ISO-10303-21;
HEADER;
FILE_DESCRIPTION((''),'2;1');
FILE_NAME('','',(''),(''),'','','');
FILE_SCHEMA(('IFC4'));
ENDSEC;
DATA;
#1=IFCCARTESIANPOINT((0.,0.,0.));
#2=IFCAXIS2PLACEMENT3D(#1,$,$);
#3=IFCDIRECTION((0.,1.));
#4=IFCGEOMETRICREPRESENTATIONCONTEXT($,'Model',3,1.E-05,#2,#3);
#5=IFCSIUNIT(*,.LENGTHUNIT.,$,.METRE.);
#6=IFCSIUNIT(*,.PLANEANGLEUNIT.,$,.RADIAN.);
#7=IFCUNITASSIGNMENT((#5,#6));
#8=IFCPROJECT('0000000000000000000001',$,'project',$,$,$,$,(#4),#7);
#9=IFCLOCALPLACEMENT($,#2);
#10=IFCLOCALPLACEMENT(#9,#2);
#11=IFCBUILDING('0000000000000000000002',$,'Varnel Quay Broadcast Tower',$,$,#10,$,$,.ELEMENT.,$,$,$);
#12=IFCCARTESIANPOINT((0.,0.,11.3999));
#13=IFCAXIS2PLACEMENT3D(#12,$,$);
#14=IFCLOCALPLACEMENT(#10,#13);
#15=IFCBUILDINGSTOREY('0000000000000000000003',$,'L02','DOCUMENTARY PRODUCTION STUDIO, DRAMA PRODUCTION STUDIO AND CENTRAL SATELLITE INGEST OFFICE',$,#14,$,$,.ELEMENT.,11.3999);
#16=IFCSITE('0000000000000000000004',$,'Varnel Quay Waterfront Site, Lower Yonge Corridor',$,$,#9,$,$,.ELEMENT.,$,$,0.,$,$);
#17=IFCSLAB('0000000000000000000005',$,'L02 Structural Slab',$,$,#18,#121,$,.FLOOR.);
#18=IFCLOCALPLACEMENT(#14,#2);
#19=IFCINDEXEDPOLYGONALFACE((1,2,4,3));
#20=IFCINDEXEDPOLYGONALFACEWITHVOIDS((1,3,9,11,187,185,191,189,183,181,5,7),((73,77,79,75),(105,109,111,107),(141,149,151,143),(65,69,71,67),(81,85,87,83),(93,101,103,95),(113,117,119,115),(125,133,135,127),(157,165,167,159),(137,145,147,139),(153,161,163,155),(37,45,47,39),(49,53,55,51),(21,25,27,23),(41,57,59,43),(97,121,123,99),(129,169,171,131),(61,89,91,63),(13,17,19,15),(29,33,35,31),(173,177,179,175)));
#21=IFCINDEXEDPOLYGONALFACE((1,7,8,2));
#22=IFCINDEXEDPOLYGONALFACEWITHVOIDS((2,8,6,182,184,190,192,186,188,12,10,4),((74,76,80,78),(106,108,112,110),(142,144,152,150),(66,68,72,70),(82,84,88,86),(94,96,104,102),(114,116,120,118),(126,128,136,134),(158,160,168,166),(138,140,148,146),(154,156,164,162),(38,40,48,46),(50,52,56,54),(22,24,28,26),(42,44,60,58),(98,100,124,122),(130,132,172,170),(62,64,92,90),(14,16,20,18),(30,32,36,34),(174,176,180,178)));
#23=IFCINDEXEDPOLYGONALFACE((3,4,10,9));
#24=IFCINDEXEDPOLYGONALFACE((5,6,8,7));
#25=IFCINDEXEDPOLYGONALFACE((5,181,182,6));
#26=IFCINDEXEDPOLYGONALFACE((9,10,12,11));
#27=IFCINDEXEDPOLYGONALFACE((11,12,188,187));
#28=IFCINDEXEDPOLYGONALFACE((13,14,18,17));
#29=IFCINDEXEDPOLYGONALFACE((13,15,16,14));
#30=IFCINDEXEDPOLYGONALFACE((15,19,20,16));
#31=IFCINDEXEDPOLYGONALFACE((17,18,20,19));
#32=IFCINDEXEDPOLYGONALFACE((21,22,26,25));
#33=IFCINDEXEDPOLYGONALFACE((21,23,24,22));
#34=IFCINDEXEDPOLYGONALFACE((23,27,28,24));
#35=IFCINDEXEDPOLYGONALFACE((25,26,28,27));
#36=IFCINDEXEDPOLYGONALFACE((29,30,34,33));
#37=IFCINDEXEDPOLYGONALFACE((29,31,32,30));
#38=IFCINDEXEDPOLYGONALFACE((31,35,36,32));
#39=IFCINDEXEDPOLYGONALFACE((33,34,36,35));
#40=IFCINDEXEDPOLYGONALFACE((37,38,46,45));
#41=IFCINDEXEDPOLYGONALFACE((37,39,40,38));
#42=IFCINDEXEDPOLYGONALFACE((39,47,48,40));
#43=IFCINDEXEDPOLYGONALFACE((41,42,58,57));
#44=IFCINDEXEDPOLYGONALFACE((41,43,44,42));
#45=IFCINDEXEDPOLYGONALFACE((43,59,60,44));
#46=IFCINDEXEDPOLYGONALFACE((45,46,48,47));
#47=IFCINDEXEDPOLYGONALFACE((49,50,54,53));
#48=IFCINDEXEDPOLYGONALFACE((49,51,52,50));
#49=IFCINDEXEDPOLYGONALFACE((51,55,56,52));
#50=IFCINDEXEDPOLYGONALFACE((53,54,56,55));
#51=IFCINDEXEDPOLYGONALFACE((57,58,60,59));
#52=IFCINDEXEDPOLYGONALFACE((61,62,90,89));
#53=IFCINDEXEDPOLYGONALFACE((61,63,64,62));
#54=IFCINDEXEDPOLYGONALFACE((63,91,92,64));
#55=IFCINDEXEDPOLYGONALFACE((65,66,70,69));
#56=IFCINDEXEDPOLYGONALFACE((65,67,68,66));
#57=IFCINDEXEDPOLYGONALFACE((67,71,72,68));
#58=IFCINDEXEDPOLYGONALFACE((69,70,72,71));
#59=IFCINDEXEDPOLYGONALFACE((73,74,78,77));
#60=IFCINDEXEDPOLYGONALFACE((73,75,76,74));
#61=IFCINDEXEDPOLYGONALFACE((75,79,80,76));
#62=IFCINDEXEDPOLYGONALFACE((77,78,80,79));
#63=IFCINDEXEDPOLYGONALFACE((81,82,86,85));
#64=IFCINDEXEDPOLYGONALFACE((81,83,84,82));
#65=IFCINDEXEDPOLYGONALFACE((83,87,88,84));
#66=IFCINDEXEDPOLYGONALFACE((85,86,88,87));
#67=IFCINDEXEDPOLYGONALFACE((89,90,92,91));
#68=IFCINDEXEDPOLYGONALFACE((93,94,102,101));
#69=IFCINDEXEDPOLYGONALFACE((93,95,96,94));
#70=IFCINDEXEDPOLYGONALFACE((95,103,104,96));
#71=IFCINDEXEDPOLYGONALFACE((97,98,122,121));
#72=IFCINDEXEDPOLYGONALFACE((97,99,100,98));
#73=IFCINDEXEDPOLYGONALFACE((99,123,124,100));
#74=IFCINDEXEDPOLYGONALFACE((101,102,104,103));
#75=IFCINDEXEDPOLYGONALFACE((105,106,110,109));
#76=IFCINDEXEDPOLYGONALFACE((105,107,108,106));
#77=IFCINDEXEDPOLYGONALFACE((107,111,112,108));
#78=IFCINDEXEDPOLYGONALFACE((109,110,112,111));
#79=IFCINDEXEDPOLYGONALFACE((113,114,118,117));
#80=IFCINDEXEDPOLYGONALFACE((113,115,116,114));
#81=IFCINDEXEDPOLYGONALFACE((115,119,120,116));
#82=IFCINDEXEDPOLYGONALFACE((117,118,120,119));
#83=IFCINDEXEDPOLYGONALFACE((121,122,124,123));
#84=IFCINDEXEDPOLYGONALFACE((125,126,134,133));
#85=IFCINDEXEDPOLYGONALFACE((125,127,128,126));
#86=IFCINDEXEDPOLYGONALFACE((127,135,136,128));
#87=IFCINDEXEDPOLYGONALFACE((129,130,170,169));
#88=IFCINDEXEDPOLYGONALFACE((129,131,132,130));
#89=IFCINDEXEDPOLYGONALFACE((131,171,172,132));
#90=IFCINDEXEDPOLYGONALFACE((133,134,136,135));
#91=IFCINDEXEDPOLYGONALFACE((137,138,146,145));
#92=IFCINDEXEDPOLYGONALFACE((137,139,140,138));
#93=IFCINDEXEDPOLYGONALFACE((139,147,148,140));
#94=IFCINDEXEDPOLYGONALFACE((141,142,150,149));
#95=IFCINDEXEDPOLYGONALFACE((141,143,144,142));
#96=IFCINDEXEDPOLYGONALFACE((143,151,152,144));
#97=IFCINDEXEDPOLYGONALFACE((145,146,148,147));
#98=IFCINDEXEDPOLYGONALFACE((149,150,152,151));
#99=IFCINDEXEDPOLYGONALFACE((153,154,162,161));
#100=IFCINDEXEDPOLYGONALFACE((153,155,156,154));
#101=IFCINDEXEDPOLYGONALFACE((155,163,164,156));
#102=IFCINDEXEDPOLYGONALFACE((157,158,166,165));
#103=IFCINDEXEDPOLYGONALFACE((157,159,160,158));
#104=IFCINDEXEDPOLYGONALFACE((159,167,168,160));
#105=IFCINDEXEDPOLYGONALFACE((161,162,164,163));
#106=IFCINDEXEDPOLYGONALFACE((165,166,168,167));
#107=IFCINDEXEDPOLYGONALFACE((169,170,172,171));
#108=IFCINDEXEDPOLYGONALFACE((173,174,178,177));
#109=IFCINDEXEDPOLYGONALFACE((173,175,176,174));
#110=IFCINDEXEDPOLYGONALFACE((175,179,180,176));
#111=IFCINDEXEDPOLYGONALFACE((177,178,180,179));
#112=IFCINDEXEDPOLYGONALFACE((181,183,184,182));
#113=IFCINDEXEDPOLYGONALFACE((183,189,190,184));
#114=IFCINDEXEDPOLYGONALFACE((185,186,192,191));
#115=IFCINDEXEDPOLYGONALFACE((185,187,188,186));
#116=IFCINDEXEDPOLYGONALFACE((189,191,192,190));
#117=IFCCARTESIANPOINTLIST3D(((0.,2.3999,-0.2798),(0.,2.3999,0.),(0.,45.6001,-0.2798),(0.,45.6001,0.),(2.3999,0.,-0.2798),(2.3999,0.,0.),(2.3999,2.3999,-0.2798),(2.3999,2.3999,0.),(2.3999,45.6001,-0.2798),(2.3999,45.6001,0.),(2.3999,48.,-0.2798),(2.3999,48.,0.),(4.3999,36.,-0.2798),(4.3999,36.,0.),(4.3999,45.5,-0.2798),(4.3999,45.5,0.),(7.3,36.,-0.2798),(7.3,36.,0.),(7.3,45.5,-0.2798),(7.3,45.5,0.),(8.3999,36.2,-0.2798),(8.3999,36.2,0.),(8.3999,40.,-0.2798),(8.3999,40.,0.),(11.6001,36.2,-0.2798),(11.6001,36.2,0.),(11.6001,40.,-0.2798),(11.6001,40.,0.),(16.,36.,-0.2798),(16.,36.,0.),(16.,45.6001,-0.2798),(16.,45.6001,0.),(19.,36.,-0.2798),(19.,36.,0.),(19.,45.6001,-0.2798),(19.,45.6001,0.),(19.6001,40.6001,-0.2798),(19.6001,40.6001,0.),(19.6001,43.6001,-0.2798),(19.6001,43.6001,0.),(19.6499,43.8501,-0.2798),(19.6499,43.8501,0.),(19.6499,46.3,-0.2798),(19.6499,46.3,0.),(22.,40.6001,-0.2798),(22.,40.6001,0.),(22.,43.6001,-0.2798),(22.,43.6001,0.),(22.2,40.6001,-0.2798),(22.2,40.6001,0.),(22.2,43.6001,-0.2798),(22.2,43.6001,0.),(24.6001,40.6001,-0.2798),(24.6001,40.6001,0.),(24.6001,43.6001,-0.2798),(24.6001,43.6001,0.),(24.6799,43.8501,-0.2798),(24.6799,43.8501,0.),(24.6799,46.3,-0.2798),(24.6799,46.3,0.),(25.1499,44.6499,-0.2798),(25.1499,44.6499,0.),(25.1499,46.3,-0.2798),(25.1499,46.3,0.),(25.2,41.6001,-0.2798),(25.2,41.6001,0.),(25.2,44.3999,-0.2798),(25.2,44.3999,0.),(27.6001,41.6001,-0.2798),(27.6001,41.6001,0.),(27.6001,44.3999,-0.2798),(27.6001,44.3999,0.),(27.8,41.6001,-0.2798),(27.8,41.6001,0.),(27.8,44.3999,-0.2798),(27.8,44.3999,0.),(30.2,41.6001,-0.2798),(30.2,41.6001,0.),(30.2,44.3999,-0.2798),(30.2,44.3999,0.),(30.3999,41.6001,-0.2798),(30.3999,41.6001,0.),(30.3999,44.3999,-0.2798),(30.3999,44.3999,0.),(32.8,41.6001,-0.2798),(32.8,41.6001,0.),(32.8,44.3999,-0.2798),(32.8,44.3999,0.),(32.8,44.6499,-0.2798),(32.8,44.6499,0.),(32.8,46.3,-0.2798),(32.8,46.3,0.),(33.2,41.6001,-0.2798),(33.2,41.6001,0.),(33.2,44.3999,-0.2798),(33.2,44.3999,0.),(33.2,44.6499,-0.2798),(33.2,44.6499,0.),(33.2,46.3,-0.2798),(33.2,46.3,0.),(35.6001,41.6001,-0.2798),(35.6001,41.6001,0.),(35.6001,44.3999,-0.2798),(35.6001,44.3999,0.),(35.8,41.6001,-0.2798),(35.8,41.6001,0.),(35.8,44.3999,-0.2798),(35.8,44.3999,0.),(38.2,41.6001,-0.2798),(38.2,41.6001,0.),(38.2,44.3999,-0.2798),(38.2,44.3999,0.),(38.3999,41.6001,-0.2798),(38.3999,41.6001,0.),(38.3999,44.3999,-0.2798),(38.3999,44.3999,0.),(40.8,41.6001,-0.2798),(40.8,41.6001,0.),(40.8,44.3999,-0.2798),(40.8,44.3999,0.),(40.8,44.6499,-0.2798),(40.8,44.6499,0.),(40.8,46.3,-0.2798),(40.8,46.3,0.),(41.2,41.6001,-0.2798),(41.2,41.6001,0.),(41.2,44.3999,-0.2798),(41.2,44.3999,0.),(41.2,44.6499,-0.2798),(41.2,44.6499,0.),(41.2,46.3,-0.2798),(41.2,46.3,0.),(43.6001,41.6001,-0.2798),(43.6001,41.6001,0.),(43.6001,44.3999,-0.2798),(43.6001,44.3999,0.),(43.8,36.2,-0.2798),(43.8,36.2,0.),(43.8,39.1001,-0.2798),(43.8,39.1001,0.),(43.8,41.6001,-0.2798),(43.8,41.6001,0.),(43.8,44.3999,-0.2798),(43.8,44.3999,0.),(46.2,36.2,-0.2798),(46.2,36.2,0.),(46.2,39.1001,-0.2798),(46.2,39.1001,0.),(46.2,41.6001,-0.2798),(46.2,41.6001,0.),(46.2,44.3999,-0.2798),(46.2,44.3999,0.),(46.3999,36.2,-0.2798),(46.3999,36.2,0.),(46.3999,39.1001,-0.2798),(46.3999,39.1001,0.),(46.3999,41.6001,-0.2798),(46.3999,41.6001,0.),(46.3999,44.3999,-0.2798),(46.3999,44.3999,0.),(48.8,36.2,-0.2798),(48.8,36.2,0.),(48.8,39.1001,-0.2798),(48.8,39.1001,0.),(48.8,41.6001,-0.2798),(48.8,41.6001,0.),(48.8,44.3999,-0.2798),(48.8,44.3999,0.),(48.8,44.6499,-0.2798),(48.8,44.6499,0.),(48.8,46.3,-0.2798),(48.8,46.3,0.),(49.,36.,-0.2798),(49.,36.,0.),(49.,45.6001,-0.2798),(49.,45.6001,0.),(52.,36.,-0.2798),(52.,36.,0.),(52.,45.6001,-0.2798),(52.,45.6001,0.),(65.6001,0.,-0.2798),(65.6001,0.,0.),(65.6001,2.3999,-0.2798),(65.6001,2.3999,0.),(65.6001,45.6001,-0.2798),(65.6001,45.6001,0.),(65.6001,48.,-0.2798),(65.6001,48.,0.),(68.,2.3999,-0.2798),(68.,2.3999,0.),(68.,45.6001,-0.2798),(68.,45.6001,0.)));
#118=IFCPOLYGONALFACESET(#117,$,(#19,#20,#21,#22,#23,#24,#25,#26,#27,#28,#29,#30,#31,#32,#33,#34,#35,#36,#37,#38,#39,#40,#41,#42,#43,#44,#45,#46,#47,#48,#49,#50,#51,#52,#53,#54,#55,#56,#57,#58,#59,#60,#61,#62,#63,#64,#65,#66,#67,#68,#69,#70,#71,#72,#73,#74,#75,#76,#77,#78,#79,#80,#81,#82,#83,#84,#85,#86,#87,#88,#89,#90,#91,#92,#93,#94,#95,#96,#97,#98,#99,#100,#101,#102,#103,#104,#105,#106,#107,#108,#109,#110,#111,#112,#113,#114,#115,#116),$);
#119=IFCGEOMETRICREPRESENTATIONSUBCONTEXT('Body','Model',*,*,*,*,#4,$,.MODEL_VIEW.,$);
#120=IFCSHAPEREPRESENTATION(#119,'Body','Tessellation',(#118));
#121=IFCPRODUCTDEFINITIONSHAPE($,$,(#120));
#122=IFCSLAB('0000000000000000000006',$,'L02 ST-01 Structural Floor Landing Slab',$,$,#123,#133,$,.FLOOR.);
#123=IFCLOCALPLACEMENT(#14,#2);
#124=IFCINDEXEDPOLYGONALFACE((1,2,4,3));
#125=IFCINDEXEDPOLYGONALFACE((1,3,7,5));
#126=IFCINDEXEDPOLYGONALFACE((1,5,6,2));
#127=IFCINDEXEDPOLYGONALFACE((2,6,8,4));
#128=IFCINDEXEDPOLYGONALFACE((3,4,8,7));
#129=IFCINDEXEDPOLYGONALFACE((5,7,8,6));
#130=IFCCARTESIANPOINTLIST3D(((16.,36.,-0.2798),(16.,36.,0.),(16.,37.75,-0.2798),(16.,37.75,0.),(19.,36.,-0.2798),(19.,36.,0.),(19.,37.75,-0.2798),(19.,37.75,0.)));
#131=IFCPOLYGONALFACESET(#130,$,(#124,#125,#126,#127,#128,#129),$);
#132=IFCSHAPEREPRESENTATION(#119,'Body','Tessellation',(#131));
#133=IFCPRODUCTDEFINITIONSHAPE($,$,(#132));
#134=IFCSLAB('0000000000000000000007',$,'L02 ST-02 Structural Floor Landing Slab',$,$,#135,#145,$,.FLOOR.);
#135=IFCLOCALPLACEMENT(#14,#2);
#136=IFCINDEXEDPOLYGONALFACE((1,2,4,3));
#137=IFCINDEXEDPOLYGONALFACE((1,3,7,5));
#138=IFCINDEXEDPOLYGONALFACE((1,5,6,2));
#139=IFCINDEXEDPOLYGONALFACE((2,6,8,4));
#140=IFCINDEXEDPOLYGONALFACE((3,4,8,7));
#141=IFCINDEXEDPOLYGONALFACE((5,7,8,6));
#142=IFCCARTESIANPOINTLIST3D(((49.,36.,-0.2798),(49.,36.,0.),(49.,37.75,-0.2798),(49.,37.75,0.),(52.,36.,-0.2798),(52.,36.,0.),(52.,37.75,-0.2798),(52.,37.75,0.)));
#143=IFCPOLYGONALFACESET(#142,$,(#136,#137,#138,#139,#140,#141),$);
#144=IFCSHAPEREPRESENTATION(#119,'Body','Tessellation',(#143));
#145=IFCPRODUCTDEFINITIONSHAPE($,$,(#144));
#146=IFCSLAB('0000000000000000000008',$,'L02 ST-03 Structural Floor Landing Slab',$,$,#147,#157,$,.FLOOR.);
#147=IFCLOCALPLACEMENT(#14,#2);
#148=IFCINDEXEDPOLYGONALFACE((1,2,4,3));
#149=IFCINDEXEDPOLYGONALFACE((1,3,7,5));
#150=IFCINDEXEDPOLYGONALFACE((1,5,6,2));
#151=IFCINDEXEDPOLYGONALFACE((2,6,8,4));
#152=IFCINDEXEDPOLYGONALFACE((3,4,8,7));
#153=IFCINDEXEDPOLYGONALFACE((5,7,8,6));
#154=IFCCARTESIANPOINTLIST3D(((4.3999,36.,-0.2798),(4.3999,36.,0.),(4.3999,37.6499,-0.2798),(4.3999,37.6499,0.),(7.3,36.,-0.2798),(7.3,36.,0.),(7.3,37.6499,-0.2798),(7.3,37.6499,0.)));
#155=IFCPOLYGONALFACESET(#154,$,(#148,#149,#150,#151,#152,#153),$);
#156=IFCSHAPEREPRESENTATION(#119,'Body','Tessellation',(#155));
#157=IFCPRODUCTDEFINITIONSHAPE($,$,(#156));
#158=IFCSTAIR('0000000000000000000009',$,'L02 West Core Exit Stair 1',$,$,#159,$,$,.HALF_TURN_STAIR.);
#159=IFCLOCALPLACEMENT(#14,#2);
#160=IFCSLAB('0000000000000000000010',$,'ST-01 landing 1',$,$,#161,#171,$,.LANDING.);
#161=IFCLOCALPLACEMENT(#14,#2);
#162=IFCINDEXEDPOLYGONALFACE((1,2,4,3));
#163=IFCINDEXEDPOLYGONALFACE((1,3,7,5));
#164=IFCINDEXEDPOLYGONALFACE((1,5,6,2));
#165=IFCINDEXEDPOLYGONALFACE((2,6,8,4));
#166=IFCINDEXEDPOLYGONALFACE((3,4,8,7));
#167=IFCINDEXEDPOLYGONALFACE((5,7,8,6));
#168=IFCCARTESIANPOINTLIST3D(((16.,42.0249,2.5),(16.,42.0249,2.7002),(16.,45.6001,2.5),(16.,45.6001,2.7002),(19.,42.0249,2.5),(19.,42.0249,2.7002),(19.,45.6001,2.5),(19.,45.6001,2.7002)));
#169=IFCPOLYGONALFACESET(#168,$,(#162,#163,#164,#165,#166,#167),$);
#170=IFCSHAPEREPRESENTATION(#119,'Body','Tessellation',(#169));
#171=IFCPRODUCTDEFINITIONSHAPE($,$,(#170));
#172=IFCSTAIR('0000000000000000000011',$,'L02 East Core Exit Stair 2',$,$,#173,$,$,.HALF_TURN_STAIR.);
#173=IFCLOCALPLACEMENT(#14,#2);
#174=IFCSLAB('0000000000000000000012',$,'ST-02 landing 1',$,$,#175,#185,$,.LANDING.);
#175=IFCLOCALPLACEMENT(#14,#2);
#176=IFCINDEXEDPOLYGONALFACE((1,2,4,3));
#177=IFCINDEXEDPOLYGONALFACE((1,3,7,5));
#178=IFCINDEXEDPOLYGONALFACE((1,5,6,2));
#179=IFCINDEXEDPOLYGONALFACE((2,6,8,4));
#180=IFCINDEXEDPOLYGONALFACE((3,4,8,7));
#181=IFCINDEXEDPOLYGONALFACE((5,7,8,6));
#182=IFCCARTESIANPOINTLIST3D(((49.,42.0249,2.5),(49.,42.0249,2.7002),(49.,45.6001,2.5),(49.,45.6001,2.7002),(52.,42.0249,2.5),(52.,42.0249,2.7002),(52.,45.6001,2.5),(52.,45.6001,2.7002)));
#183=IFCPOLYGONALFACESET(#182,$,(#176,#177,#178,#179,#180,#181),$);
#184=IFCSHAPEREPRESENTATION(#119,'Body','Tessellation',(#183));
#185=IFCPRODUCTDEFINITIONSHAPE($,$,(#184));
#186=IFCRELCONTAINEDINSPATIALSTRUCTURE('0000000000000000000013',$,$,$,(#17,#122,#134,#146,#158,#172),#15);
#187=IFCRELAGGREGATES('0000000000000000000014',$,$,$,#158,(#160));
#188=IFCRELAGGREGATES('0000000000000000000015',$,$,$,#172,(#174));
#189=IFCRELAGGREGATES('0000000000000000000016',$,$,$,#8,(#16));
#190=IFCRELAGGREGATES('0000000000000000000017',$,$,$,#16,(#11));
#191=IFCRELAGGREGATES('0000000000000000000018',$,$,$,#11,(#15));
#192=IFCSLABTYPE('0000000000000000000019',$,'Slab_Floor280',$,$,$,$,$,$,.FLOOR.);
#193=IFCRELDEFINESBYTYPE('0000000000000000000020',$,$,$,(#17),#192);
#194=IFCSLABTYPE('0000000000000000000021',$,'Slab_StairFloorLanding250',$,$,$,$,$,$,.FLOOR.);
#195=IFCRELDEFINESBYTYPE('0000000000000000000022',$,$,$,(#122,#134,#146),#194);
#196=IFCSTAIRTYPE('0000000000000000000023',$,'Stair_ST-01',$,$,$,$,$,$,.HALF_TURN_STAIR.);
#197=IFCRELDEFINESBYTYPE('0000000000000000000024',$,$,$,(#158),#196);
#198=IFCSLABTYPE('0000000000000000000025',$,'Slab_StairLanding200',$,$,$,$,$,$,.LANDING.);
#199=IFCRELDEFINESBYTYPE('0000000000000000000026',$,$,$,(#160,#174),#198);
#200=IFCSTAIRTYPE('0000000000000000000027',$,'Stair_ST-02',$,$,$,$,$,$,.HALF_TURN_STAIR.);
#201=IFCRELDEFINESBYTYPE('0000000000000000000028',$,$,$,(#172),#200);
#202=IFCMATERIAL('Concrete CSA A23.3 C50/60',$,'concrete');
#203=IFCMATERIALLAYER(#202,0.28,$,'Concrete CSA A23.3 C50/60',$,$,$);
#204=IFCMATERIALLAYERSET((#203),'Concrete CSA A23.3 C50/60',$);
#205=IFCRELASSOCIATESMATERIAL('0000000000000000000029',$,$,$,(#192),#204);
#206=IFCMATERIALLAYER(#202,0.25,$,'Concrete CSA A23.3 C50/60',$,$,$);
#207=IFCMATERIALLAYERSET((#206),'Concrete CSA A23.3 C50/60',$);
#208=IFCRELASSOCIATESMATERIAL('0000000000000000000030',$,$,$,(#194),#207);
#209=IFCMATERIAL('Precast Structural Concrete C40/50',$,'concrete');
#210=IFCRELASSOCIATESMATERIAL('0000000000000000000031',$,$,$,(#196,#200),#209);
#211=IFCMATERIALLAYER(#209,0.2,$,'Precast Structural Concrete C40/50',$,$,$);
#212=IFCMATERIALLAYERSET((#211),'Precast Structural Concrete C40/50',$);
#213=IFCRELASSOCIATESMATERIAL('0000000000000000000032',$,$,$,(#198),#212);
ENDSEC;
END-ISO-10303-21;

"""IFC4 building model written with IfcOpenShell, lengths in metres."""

from ifc_helpers import new_model, si_unit, direction, frame, origin, place, context, subcontext, project, spatial, polyline, outline, extrude, material, layer, layer_set, type_object, element, aggregate, save


model = new_model("IFC4")

# Units and contexts
model_context = context("Model", 3, precision=1e-05, world=origin(), true_north=direction((0.0, 1.0)))
body_context = subcontext(model_context, "Body", "Model", "MODEL_VIEW")
ifc_project = project(units=[si_unit("LENGTHUNIT", "METRE"), si_unit("PLANEANGLEUNIT", "RADIAN")], contexts=[model_context])

# Site, building, storey
site_placement = place(None, origin())
site = spatial("IfcSite", under=ifc_project, at=site_placement, Name="Varnel Quay Waterfront Site, Lower Yonge Corridor", CompositionType="ELEMENT", RefElevation=0.0)
building_placement = place(site_placement, origin())
building = spatial("IfcBuilding", under=site, at=building_placement, Name="Varnel Quay Broadcast Tower", CompositionType="ELEMENT")
storey_placement = place(building_placement, frame((0.0, 0.0, 11.3999)))
storey = spatial("IfcBuildingStorey", under=building, at=storey_placement, Name="L02", Description="DOCUMENTARY PRODUCTION STUDIO, DRAMA PRODUCTION STUDIO AND CENTRAL SATELLITE INGEST OFFICE", CompositionType="ELEMENT", Elevation=11.3999)

# Slabs
ifc_material_1 = material(Name="Concrete CSA A23.3 C50/60", Category="concrete")
ifc_layer_1 = layer(ifc_material_1, 0.28, Name="Concrete CSA A23.3 C50/60")
ifc_layer_set_1 = layer_set([ifc_layer_1], Name="Concrete CSA A23.3 C50/60")
slab_type_1 = type_object("IfcSlabType", Name="Slab_Floor280", PredefinedType="FLOOR", material=ifc_layer_set_1)
slab_1_placement = place(storey_placement, frame((0.0, 0.0, -0.2798)))
element("IfcSlab", 1, at=slab_1_placement, inside=storey, type_object=slab_type_1, Name="L02 Structural Slab", PredefinedType="FLOOR", context=body_context, shape_type="SweptSolid", body=[
    extrude(outline(polyline([(2.3999, 0.0), (65.6001, 0.0), (65.6001, 2.3999), (68.0, 2.3999), (68.0, 45.6001), (65.6001, 45.6001), (65.6001, 48.0), (2.3999, 48.0), (2.3999, 45.6001), (0.0, 45.6001), (0.0, 2.3999), (2.3999, 2.3999), (2.3999, 0.0)]), holes=[polyline([(8.3999, 40.0), (11.6001, 40.0), (11.6001, 36.2), (8.3999, 36.2), (8.3999, 40.0)]), polyline([(4.3999, 36.0), (4.3999, 45.5), (7.3, 45.5), (7.3, 36.0), (4.3999, 36.0)]), polyline([(16.0, 36.0), (16.0, 45.6001), (19.0, 45.6001), (19.0, 36.0), (16.0, 36.0)]), polyline([(22.0, 43.6001), (22.0, 40.6001), (19.6001, 40.6001), (19.6001, 43.6001), (22.0, 43.6001)]), polyline([(24.6001, 43.6001), (24.6001, 40.6001), (22.2, 40.6001), (22.2, 43.6001), (24.6001, 43.6001)]), polyline([(25.2, 44.3999), (27.6001, 44.3999), (27.6001, 41.6001), (25.2, 41.6001), (25.2, 44.3999)]), polyline([(27.8, 44.3999), (30.2, 44.3999), (30.2, 41.6001), (27.8, 41.6001), (27.8, 44.3999)]), polyline([(30.3999, 44.3999), (32.8, 44.3999), (32.8, 41.6001), (30.3999, 41.6001), (30.3999, 44.3999)]), polyline([(35.6001, 44.3999), (35.6001, 41.6001), (33.2, 41.6001), (33.2, 44.3999), (35.6001, 44.3999)]), polyline([(24.6799, 46.3), (24.6799, 43.8501), (19.6499, 43.8501), (19.6499, 46.3), (24.6799, 46.3)]), polyline([(25.1499, 46.3), (32.8, 46.3), (32.8, 44.6499), (25.1499, 44.6499), (25.1499, 46.3)]), polyline([(43.8, 39.1001), (46.2, 39.1001), (46.2, 36.2), (43.8, 36.2), (43.8, 39.1001)]), polyline([(46.3999, 39.1001), (48.8, 39.1001), (48.8, 36.2), (46.3999, 36.2), (46.3999, 39.1001)]), polyline([(49.0, 45.6001), (52.0, 45.6001), (52.0, 36.0), (49.0, 36.0), (49.0, 45.6001)]), polyline([(38.2, 44.3999), (38.2, 41.6001), (35.8, 41.6001), (35.8, 44.3999), (38.2, 44.3999)]), polyline([(38.3999, 44.3999), (40.8, 44.3999), (40.8, 41.6001), (38.3999, 41.6001), (38.3999, 44.3999)]), polyline([(43.6001, 44.3999), (43.6001, 41.6001), (41.2, 41.6001), (41.2, 44.3999), (43.6001, 44.3999)]), polyline([(46.2, 44.3999), (46.2, 41.6001), (43.8, 41.6001), (43.8, 44.3999), (46.2, 44.3999)]), polyline([(46.3999, 44.3999), (48.8, 44.3999), (48.8, 41.6001), (46.3999, 41.6001), (46.3999, 44.3999)]), polyline([(40.8, 46.3), (40.8, 44.6499), (33.2, 44.6499), (33.2, 46.3), (40.8, 46.3)]), polyline([(48.8, 46.3), (48.8, 44.6499), (41.2, 44.6499), (41.2, 46.3), (48.8, 46.3)])]), origin(), (0.0, 0.0, 1.0), 0.2798),
])
ifc_layer_2 = layer(ifc_material_1, 0.25, Name="Concrete CSA A23.3 C50/60")
ifc_layer_set_2 = layer_set([ifc_layer_2], Name="Concrete CSA A23.3 C50/60")
slab_type_2 = type_object("IfcSlabType", Name="Slab_StairFloorLanding250", PredefinedType="FLOOR", material=ifc_layer_set_2)
slab_2_placement = place(storey_placement, frame((0.0, 0.0, -0.2798)))
element("IfcSlab", 2, at=slab_2_placement, inside=storey, type_object=slab_type_2, Name="L02 ST-01 Structural Floor Landing Slab", PredefinedType="FLOOR", context=body_context, shape_type="SweptSolid", body=[
    extrude(outline(polyline([(19.0, 36.0), (19.0, 37.75), (16.0, 37.75), (16.0, 36.0), (19.0, 36.0)])), origin(), (0.0, 0.0, 1.0), 0.2798),
])
slab_3_placement = place(storey_placement, frame((0.0, 0.0, -0.2798)))
element("IfcSlab", 3, at=slab_3_placement, inside=storey, type_object=slab_type_2, Name="L02 ST-02 Structural Floor Landing Slab", PredefinedType="FLOOR", context=body_context, shape_type="SweptSolid", body=[
    extrude(outline(polyline([(52.0, 36.0), (52.0, 37.75), (49.0, 37.75), (49.0, 36.0), (52.0, 36.0)])), origin(), (0.0, 0.0, 1.0), 0.2798),
])
slab_4_placement = place(storey_placement, frame((0.0, 0.0, -0.2798)))
element("IfcSlab", 4, at=slab_4_placement, inside=storey, type_object=slab_type_2, Name="L02 ST-03 Structural Floor Landing Slab", PredefinedType="FLOOR", context=body_context, shape_type="SweptSolid", body=[
    extrude(outline(polyline([(7.3, 36.0), (7.3, 37.6499), (4.3999, 37.6499), (4.3999, 36.0), (7.3, 36.0)])), origin(), (0.0, 0.0, 1.0), 0.2798),
])

# Stairs, slabs
ifc_material_2 = material(Name="Precast Structural Concrete C40/50", Category="concrete")
stair_type_1 = type_object("IfcStairType", Name="Stair_ST-01", PredefinedType="HALF_TURN_STAIR", material=ifc_material_2)
stair_1_placement = place(storey_placement, origin())
stair_1 = element("IfcStair", 5, at=stair_1_placement, inside=storey, type_object=stair_type_1, Name="L02 West Core Exit Stair 1", PredefinedType="HALF_TURN_STAIR")
ifc_layer_3 = layer(ifc_material_2, 0.2, Name="Precast Structural Concrete C40/50")
ifc_layer_set_3 = layer_set([ifc_layer_3], Name="Precast Structural Concrete C40/50")
slab_type_3 = type_object("IfcSlabType", Name="Slab_StairLanding200", PredefinedType="LANDING", material=ifc_layer_set_3)
slab_5_placement = place(storey_placement, frame((0.0, 0.0, 2.5)))
slab_5 = element("IfcSlab", 6, at=slab_5_placement, type_object=slab_type_3, Name="ST-01 landing 1", PredefinedType="LANDING", context=body_context, shape_type="SweptSolid", body=[
    extrude(outline(polyline([(19.0, 42.0249), (19.0, 45.6001), (16.0, 45.6001), (16.0, 42.0249), (19.0, 42.0249)])), origin(), (0.0, 0.0, 1.0), 0.2002),
])
aggregate(stair_1, [slab_5])
stair_type_2 = type_object("IfcStairType", Name="Stair_ST-02", PredefinedType="HALF_TURN_STAIR", material=ifc_material_2)
stair_2_placement = place(storey_placement, origin())
stair_2 = element("IfcStair", 7, at=stair_2_placement, inside=storey, type_object=stair_type_2, Name="L02 East Core Exit Stair 2", PredefinedType="HALF_TURN_STAIR")
slab_6_placement = place(storey_placement, frame((0.0, 0.0, 2.5)))
slab_6 = element("IfcSlab", 8, at=slab_6_placement, type_object=slab_type_3, Name="ST-02 landing 1", PredefinedType="LANDING", context=body_context, shape_type="SweptSolid", body=[
    extrude(outline(polyline([(52.0, 42.0249), (52.0, 45.6001), (49.0, 45.6001), (49.0, 42.0249), (52.0, 42.0249)])), origin(), (0.0, 0.0, 1.0), 0.2002),
])
aggregate(stair_2, [slab_6])

save(model, "model.ifc")
